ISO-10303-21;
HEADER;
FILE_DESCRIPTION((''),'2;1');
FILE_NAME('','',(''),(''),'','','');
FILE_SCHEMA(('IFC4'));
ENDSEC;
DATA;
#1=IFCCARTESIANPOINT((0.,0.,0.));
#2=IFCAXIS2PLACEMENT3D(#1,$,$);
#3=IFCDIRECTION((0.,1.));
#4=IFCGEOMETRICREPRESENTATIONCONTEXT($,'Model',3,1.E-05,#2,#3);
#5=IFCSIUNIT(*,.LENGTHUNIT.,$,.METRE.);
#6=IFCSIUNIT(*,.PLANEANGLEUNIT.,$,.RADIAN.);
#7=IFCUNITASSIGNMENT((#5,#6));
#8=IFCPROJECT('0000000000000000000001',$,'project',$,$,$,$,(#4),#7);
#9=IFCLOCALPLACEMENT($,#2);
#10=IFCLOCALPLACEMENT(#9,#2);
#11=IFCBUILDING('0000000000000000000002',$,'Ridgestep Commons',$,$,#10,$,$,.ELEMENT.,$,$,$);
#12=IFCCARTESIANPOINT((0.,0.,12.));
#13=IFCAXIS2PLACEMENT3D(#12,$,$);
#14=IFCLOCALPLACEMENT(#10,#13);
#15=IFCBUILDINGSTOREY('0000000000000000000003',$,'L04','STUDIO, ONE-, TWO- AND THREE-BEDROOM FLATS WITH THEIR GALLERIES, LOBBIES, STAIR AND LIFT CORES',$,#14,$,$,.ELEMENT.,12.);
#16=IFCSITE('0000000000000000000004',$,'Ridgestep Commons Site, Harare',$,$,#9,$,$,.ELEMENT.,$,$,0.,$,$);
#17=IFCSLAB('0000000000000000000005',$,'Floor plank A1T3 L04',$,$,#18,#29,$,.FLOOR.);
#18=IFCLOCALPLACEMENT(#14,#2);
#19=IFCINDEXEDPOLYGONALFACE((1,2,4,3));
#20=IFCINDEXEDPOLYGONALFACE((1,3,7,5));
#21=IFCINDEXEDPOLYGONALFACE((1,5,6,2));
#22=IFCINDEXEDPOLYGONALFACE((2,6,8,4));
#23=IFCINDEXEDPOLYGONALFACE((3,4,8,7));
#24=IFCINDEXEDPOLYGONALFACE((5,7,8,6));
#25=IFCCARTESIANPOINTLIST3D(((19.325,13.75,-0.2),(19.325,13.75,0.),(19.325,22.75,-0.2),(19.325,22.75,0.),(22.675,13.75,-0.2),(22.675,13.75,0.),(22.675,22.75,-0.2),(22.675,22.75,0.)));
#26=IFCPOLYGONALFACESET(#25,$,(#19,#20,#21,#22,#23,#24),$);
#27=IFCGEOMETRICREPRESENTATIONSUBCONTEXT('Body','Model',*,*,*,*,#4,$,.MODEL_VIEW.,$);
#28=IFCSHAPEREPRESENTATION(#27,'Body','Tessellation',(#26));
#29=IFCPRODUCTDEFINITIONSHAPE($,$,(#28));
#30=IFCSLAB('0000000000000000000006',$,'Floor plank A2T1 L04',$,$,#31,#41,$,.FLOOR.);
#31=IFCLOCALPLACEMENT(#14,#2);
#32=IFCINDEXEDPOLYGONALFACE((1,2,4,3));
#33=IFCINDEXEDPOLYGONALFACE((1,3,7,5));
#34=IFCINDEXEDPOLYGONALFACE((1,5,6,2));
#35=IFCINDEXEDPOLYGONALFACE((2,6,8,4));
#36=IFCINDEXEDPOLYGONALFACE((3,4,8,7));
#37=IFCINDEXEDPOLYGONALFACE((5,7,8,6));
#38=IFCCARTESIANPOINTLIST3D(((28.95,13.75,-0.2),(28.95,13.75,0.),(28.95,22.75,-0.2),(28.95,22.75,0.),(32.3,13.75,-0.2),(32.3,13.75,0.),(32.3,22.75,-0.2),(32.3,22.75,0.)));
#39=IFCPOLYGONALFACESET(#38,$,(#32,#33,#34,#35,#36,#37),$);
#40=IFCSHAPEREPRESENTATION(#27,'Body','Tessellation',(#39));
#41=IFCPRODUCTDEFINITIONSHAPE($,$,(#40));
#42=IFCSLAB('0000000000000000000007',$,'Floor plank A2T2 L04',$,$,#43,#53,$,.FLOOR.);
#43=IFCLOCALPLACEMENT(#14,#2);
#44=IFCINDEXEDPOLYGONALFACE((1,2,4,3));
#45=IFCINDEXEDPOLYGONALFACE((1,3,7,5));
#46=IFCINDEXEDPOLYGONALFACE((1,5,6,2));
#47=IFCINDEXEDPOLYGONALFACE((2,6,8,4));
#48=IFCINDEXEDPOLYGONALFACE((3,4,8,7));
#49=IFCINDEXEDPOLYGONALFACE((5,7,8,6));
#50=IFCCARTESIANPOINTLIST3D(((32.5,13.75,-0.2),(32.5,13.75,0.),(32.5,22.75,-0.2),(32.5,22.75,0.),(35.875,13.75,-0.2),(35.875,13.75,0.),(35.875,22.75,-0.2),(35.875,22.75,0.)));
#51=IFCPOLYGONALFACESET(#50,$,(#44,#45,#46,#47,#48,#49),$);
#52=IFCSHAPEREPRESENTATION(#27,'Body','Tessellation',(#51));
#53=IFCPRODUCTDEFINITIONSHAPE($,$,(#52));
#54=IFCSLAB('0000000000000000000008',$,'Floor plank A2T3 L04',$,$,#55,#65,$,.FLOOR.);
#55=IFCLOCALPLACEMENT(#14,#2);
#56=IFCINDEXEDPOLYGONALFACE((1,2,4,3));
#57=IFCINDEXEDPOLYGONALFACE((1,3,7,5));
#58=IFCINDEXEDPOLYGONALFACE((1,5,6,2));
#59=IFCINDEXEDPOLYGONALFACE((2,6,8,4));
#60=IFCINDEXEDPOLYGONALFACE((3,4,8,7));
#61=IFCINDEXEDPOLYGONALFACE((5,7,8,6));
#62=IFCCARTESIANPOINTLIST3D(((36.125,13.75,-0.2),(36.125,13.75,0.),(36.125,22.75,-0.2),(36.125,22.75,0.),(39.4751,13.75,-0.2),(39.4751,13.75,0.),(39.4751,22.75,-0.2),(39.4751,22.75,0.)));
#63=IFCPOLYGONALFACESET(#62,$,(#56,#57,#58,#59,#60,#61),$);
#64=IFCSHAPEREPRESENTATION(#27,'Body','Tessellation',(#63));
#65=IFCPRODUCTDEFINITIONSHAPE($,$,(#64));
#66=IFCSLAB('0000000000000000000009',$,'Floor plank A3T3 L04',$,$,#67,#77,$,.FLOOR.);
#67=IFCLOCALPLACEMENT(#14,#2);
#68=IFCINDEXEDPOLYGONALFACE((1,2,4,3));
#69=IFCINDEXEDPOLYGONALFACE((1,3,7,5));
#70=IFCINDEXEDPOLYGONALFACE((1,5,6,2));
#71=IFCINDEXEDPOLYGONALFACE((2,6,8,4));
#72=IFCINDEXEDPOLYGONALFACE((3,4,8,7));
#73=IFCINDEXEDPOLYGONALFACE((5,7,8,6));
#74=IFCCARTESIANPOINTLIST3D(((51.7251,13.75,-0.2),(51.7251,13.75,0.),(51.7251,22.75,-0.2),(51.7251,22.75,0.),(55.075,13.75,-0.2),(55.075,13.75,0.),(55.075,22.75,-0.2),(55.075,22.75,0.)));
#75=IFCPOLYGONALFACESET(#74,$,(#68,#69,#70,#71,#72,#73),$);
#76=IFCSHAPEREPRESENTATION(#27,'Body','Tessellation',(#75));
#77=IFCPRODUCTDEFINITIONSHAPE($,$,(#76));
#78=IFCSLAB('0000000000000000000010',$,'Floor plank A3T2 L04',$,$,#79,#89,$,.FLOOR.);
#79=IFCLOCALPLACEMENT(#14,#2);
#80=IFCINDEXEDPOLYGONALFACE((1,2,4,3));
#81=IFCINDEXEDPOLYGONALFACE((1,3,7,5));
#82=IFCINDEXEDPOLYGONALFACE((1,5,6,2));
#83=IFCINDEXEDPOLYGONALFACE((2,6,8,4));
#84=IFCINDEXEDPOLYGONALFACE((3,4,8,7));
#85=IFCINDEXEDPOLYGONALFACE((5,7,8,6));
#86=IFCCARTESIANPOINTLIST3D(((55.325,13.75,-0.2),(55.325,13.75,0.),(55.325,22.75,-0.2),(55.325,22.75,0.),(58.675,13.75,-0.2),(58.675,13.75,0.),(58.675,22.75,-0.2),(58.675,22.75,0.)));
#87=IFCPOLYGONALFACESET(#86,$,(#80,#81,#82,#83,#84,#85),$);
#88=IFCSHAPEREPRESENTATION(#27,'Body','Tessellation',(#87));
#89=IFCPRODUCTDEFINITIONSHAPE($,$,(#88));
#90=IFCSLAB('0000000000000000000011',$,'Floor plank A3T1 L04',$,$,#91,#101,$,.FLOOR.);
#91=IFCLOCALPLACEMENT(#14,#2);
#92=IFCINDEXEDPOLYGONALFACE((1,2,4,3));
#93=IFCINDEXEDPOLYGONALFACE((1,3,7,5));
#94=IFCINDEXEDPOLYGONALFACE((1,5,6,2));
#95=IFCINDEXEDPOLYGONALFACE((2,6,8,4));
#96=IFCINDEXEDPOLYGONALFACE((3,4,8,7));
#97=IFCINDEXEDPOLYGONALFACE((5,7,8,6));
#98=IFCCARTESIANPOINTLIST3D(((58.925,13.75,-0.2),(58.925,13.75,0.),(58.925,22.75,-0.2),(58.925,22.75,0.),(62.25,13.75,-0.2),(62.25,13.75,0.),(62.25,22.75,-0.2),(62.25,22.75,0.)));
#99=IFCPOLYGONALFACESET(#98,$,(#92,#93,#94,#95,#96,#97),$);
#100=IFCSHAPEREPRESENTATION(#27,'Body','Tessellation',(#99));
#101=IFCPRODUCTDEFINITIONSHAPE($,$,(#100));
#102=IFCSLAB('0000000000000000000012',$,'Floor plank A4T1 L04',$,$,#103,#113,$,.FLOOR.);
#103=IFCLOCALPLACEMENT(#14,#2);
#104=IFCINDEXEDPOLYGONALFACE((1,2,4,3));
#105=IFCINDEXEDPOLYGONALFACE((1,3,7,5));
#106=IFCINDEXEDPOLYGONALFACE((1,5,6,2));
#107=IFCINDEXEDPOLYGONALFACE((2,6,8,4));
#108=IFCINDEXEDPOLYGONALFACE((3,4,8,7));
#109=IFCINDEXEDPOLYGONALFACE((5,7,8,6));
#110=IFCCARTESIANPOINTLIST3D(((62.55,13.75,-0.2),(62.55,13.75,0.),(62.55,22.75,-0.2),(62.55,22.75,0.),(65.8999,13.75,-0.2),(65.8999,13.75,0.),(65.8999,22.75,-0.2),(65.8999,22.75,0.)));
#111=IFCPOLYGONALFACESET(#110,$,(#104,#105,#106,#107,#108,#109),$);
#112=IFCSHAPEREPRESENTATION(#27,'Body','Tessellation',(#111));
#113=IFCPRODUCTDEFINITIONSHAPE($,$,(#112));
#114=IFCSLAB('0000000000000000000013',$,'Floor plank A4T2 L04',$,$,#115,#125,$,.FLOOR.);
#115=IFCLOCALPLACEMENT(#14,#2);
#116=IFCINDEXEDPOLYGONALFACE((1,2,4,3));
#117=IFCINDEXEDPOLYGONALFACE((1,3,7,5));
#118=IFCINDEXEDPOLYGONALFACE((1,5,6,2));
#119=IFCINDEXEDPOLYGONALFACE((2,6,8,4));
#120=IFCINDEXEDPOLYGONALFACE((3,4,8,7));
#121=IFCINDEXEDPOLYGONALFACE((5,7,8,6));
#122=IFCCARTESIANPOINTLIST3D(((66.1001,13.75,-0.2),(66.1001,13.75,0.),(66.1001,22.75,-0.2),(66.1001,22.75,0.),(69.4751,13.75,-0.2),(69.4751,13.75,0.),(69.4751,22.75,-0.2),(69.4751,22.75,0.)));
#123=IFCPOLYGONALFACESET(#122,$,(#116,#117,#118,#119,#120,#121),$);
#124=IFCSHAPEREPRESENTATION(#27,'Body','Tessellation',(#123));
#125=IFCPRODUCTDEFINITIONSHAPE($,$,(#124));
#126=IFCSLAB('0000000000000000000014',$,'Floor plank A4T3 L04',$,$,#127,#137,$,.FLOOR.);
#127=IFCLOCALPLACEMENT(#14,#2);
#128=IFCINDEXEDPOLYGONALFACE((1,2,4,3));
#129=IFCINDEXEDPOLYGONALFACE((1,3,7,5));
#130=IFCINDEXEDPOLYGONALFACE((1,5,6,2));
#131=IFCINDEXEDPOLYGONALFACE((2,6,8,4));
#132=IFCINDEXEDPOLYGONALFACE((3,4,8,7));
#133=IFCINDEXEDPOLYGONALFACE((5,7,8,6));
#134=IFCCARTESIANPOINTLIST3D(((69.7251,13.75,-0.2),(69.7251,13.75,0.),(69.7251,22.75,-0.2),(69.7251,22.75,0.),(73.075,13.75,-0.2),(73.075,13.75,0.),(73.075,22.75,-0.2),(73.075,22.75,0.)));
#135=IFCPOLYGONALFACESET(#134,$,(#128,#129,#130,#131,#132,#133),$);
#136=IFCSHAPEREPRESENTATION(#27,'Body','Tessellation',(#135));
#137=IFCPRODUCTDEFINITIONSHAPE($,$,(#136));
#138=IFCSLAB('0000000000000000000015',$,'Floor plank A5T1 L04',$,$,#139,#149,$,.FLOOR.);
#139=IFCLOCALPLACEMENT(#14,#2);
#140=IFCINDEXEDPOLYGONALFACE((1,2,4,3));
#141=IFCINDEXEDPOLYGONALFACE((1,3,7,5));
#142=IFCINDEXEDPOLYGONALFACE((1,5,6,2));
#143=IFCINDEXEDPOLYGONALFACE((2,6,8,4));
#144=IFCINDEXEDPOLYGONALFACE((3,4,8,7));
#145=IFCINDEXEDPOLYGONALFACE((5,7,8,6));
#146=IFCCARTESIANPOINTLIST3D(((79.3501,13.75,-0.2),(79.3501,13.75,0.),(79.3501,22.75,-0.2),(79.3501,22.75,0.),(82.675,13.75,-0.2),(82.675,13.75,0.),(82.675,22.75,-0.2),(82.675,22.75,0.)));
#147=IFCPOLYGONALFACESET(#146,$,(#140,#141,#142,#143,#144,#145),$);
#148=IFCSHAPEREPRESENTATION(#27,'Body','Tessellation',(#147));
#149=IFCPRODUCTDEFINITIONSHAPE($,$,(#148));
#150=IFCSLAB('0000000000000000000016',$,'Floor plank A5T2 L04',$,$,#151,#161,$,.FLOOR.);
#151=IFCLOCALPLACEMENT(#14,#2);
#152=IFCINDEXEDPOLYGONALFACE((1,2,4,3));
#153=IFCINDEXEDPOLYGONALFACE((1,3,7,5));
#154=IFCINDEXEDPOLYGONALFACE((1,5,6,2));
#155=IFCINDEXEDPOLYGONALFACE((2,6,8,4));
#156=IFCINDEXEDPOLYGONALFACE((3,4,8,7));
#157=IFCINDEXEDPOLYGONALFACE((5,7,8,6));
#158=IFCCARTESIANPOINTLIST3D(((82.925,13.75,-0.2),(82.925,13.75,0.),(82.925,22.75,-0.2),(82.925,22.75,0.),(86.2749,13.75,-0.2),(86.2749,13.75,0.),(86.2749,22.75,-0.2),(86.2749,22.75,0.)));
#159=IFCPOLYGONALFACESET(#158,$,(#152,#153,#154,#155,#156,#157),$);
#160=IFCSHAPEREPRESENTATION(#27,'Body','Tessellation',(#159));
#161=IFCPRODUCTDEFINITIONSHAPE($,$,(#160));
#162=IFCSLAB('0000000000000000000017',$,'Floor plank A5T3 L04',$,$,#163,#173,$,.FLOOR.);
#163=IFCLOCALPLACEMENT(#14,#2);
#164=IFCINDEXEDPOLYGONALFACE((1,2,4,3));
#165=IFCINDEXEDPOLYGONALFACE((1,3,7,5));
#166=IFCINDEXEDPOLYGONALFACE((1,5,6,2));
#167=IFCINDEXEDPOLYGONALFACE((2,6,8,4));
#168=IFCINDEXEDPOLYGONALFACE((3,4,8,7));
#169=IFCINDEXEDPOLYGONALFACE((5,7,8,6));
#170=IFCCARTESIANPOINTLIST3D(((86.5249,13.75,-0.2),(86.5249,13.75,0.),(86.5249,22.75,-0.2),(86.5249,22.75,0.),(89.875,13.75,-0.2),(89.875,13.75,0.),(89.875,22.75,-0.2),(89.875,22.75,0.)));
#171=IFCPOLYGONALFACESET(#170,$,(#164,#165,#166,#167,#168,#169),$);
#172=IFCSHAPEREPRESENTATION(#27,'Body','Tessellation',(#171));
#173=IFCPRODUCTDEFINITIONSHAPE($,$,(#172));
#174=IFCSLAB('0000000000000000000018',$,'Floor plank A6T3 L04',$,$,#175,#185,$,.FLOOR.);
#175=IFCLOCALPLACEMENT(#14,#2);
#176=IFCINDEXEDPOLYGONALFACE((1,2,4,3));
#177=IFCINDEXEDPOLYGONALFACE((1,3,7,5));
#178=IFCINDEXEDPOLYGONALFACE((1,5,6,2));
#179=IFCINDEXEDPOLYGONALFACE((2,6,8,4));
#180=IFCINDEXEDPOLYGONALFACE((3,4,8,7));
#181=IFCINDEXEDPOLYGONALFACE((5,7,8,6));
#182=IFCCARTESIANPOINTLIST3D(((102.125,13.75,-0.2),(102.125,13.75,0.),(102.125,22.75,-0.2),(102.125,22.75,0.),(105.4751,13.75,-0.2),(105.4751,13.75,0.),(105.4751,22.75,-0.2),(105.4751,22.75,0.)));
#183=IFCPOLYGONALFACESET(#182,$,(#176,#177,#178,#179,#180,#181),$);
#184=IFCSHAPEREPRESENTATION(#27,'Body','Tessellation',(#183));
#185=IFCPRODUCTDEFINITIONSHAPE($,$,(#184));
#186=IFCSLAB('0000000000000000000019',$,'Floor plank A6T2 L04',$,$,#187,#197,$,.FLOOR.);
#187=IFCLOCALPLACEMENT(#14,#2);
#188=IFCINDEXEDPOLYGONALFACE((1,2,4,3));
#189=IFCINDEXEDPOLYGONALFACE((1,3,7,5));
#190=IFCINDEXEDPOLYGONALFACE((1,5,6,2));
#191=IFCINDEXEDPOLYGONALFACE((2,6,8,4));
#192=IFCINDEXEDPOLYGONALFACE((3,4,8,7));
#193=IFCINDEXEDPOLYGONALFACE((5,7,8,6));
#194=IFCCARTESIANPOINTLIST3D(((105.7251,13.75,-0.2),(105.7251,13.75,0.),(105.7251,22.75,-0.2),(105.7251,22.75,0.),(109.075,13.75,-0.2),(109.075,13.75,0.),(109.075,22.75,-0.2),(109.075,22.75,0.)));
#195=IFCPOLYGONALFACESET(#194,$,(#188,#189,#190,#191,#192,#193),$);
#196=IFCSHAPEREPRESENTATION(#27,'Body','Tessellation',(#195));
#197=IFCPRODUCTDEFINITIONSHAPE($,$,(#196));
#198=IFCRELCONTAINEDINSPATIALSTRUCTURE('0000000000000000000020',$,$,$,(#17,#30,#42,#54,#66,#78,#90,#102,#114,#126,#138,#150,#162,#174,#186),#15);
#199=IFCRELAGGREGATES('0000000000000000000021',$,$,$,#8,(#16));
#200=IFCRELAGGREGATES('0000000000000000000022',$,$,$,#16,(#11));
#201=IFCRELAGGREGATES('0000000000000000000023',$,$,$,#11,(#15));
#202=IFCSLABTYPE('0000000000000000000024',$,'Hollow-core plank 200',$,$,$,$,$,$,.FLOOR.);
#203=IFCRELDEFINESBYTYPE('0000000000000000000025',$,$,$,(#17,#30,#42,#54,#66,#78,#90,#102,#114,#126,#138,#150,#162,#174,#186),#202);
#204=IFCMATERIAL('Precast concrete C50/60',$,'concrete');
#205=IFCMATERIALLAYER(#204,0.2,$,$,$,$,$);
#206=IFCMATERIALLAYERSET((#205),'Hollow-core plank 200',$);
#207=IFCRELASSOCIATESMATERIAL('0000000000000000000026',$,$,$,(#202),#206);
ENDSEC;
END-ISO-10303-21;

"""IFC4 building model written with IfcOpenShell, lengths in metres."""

from ifc_helpers import new_model, si_unit, direction, frame, origin, place, context, subcontext, project, spatial, polyline, outline, extrude, material, layer, layer_set, type_object, element, save


model = new_model("IFC4")

# Units and contexts
model_context = context("Model", 3, precision=1e-05, world=origin(), true_north=direction((0.0, 1.0)))
body_context = subcontext(model_context, "Body", "Model", "MODEL_VIEW")
ifc_project = project(units=[si_unit("LENGTHUNIT", "METRE"), si_unit("PLANEANGLEUNIT", "RADIAN")], contexts=[model_context])

# Site, building, storey
site_placement = place(None, origin())
site = spatial("IfcSite", under=ifc_project, at=site_placement, Name="Ridgestep Commons Site, Harare", CompositionType="ELEMENT", RefElevation=0.0)
building_placement = place(site_placement, origin())
building = spatial("IfcBuilding", under=site, at=building_placement, Name="Ridgestep Commons", CompositionType="ELEMENT")
storey_placement = place(building_placement, frame((0.0, 0.0, 12.0)))
storey = spatial("IfcBuildingStorey", under=building, at=storey_placement, Name="L04", Description="STUDIO, ONE-, TWO- AND THREE-BEDROOM FLATS WITH THEIR GALLERIES, LOBBIES, STAIR AND LIFT CORES", CompositionType="ELEMENT", Elevation=12.0)

# Slabs
ifc_material_1 = material(Name="Precast concrete C50/60", Category="concrete")
ifc_layer_1 = layer(ifc_material_1, 0.2)
ifc_layer_set_1 = layer_set([ifc_layer_1], Name="Hollow-core plank 200")
slab_type_1 = type_object("IfcSlabType", Name="Hollow-core plank 200", PredefinedType="FLOOR", material=ifc_layer_set_1)
slab_1_placement = place(storey_placement, frame((0.0, 0.0, -0.2)))
element("IfcSlab", 1, at=slab_1_placement, inside=storey, type_object=slab_type_1, Name="Floor plank A1T3 L04", PredefinedType="FLOOR", context=body_context, shape_type="SweptSolid", body=[
    extrude(outline(polyline([(22.675, 13.75), (22.675, 22.75), (19.325, 22.75), (19.325, 13.75), (22.675, 13.75)])), origin(), (0.0, 0.0, 1.0), 0.2),
])
slab_2_placement = place(storey_placement, frame((0.0, 0.0, -0.2)))
element("IfcSlab", 2, at=slab_2_placement, inside=storey, type_object=slab_type_1, Name="Floor plank A2T1 L04", PredefinedType="FLOOR", context=body_context, shape_type="SweptSolid", body=[
    extrude(outline(polyline([(32.3, 13.75), (32.3, 22.75), (28.95, 22.75), (28.95, 13.75), (32.3, 13.75)])), origin(), (0.0, 0.0, 1.0), 0.2),
])
slab_3_placement = place(storey_placement, frame((0.0, 0.0, -0.2)))
element("IfcSlab", 3, at=slab_3_placement, inside=storey, type_object=slab_type_1, Name="Floor plank A2T2 L04", PredefinedType="FLOOR", context=body_context, shape_type="SweptSolid", body=[
    extrude(outline(polyline([(35.875, 13.75), (35.875, 22.75), (32.5, 22.75), (32.5, 13.75), (35.875, 13.75)])), origin(), (0.0, 0.0, 1.0), 0.2),
])
slab_4_placement = place(storey_placement, frame((0.0, 0.0, -0.2)))
element("IfcSlab", 4, at=slab_4_placement, inside=storey, type_object=slab_type_1, Name="Floor plank A2T3 L04", PredefinedType="FLOOR", context=body_context, shape_type="SweptSolid", body=[
    extrude(outline(polyline([(39.4751, 13.75), (39.4751, 22.75), (36.125, 22.75), (36.125, 13.75), (39.4751, 13.75)])), origin(), (0.0, 0.0, 1.0), 0.2),
])
slab_5_placement = place(storey_placement, frame((0.0, 0.0, -0.2)))
element("IfcSlab", 5, at=slab_5_placement, inside=storey, type_object=slab_type_1, Name="Floor plank A3T3 L04", PredefinedType="FLOOR", context=body_context, shape_type="SweptSolid", body=[
    extrude(outline(polyline([(55.075, 13.75), (55.075, 22.75), (51.7251, 22.75), (51.7251, 13.75), (55.075, 13.75)])), origin(), (0.0, 0.0, 1.0), 0.2),
])
slab_6_placement = place(storey_placement, frame((0.0, 0.0, -0.2)))
element("IfcSlab", 6, at=slab_6_placement, inside=storey, type_object=slab_type_1, Name="Floor plank A3T2 L04", PredefinedType="FLOOR", context=body_context, shape_type="SweptSolid", body=[
    extrude(outline(polyline([(58.675, 13.75), (58.675, 22.75), (55.325, 22.75), (55.325, 13.75), (58.675, 13.75)])), origin(), (0.0, 0.0, 1.0), 0.2),
])
slab_7_placement = place(storey_placement, frame((0.0, 0.0, -0.2)))
element("IfcSlab", 7, at=slab_7_placement, inside=storey, type_object=slab_type_1, Name="Floor plank A3T1 L04", PredefinedType="FLOOR", context=body_context, shape_type="SweptSolid", body=[
    extrude(outline(polyline([(62.25, 13.75), (62.25, 22.75), (58.925, 22.75), (58.925, 13.75), (62.25, 13.75)])), origin(), (0.0, 0.0, 1.0), 0.2),
])
slab_8_placement = place(storey_placement, frame((0.0, 0.0, -0.2)))
element("IfcSlab", 8, at=slab_8_placement, inside=storey, type_object=slab_type_1, Name="Floor plank A4T1 L04", PredefinedType="FLOOR", context=body_context, shape_type="SweptSolid", body=[
    extrude(outline(polyline([(65.8999, 13.75), (65.8999, 22.75), (62.55, 22.75), (62.55, 13.75), (65.8999, 13.75)])), origin(), (0.0, 0.0, 1.0), 0.2),
])
slab_9_placement = place(storey_placement, frame((0.0, 0.0, -0.2)))
element("IfcSlab", 9, at=slab_9_placement, inside=storey, type_object=slab_type_1, Name="Floor plank A4T2 L04", PredefinedType="FLOOR", context=body_context, shape_type="SweptSolid", body=[
    extrude(outline(polyline([(69.4751, 13.75), (69.4751, 22.75), (66.1001, 22.75), (66.1001, 13.75), (69.4751, 13.75)])), origin(), (0.0, 0.0, 1.0), 0.2),
])
slab_10_placement = place(storey_placement, frame((0.0, 0.0, -0.2)))
element("IfcSlab", 10, at=slab_10_placement, inside=storey, type_object=slab_type_1, Name="Floor plank A4T3 L04", PredefinedType="FLOOR", context=body_context, shape_type="SweptSolid", body=[
    extrude(outline(polyline([(73.075, 13.75), (73.075, 22.75), (69.7251, 22.75), (69.7251, 13.75), (73.075, 13.75)])), origin(), (0.0, 0.0, 1.0), 0.2),
])
slab_11_placement = place(storey_placement, frame((0.0, 0.0, -0.2)))
element("IfcSlab", 11, at=slab_11_placement, inside=storey, type_object=slab_type_1, Name="Floor plank A5T1 L04", PredefinedType="FLOOR", context=body_context, shape_type="SweptSolid", body=[
    extrude(outline(polyline([(82.675, 13.75), (82.675, 22.75), (79.3501, 22.75), (79.3501, 13.75), (82.675, 13.75)])), origin(), (0.0, 0.0, 1.0), 0.2),
])
slab_12_placement = place(storey_placement, frame((0.0, 0.0, -0.2)))
element("IfcSlab", 12, at=slab_12_placement, inside=storey, type_object=slab_type_1, Name="Floor plank A5T2 L04", PredefinedType="FLOOR", context=body_context, shape_type="SweptSolid", body=[
    extrude(outline(polyline([(86.2749, 13.75), (86.2749, 22.75), (82.925, 22.75), (82.925, 13.75), (86.2749, 13.75)])), origin(), (0.0, 0.0, 1.0), 0.2),
])
slab_13_placement = place(storey_placement, frame((0.0, 0.0, -0.2)))
element("IfcSlab", 13, at=slab_13_placement, inside=storey, type_object=slab_type_1, Name="Floor plank A5T3 L04", PredefinedType="FLOOR", context=body_context, shape_type="SweptSolid", body=[
    extrude(outline(polyline([(89.875, 13.75), (89.875, 22.75), (86.5249, 22.75), (86.5249, 13.75), (89.875, 13.75)])), origin(), (0.0, 0.0, 1.0), 0.2),
])
slab_14_placement = place(storey_placement, frame((0.0, 0.0, -0.2)))
element("IfcSlab", 14, at=slab_14_placement, inside=storey, type_object=slab_type_1, Name="Floor plank A6T3 L04", PredefinedType="FLOOR", context=body_context, shape_type="SweptSolid", body=[
    extrude(outline(polyline([(105.4751, 13.75), (105.4751, 22.75), (102.125, 22.75), (102.125, 13.75), (105.4751, 13.75)])), origin(), (0.0, 0.0, 1.0), 0.2),
])
slab_15_placement = place(storey_placement, frame((0.0, 0.0, -0.2)))
element("IfcSlab", 15, at=slab_15_placement, inside=storey, type_object=slab_type_1, Name="Floor plank A6T2 L04", PredefinedType="FLOOR", context=body_context, shape_type="SweptSolid", body=[
    extrude(outline(polyline([(109.075, 13.75), (109.075, 22.75), (105.7251, 22.75), (105.7251, 13.75), (109.075, 13.75)])), origin(), (0.0, 0.0, 1.0), 0.2),
])

save(model, "model.ifc")
